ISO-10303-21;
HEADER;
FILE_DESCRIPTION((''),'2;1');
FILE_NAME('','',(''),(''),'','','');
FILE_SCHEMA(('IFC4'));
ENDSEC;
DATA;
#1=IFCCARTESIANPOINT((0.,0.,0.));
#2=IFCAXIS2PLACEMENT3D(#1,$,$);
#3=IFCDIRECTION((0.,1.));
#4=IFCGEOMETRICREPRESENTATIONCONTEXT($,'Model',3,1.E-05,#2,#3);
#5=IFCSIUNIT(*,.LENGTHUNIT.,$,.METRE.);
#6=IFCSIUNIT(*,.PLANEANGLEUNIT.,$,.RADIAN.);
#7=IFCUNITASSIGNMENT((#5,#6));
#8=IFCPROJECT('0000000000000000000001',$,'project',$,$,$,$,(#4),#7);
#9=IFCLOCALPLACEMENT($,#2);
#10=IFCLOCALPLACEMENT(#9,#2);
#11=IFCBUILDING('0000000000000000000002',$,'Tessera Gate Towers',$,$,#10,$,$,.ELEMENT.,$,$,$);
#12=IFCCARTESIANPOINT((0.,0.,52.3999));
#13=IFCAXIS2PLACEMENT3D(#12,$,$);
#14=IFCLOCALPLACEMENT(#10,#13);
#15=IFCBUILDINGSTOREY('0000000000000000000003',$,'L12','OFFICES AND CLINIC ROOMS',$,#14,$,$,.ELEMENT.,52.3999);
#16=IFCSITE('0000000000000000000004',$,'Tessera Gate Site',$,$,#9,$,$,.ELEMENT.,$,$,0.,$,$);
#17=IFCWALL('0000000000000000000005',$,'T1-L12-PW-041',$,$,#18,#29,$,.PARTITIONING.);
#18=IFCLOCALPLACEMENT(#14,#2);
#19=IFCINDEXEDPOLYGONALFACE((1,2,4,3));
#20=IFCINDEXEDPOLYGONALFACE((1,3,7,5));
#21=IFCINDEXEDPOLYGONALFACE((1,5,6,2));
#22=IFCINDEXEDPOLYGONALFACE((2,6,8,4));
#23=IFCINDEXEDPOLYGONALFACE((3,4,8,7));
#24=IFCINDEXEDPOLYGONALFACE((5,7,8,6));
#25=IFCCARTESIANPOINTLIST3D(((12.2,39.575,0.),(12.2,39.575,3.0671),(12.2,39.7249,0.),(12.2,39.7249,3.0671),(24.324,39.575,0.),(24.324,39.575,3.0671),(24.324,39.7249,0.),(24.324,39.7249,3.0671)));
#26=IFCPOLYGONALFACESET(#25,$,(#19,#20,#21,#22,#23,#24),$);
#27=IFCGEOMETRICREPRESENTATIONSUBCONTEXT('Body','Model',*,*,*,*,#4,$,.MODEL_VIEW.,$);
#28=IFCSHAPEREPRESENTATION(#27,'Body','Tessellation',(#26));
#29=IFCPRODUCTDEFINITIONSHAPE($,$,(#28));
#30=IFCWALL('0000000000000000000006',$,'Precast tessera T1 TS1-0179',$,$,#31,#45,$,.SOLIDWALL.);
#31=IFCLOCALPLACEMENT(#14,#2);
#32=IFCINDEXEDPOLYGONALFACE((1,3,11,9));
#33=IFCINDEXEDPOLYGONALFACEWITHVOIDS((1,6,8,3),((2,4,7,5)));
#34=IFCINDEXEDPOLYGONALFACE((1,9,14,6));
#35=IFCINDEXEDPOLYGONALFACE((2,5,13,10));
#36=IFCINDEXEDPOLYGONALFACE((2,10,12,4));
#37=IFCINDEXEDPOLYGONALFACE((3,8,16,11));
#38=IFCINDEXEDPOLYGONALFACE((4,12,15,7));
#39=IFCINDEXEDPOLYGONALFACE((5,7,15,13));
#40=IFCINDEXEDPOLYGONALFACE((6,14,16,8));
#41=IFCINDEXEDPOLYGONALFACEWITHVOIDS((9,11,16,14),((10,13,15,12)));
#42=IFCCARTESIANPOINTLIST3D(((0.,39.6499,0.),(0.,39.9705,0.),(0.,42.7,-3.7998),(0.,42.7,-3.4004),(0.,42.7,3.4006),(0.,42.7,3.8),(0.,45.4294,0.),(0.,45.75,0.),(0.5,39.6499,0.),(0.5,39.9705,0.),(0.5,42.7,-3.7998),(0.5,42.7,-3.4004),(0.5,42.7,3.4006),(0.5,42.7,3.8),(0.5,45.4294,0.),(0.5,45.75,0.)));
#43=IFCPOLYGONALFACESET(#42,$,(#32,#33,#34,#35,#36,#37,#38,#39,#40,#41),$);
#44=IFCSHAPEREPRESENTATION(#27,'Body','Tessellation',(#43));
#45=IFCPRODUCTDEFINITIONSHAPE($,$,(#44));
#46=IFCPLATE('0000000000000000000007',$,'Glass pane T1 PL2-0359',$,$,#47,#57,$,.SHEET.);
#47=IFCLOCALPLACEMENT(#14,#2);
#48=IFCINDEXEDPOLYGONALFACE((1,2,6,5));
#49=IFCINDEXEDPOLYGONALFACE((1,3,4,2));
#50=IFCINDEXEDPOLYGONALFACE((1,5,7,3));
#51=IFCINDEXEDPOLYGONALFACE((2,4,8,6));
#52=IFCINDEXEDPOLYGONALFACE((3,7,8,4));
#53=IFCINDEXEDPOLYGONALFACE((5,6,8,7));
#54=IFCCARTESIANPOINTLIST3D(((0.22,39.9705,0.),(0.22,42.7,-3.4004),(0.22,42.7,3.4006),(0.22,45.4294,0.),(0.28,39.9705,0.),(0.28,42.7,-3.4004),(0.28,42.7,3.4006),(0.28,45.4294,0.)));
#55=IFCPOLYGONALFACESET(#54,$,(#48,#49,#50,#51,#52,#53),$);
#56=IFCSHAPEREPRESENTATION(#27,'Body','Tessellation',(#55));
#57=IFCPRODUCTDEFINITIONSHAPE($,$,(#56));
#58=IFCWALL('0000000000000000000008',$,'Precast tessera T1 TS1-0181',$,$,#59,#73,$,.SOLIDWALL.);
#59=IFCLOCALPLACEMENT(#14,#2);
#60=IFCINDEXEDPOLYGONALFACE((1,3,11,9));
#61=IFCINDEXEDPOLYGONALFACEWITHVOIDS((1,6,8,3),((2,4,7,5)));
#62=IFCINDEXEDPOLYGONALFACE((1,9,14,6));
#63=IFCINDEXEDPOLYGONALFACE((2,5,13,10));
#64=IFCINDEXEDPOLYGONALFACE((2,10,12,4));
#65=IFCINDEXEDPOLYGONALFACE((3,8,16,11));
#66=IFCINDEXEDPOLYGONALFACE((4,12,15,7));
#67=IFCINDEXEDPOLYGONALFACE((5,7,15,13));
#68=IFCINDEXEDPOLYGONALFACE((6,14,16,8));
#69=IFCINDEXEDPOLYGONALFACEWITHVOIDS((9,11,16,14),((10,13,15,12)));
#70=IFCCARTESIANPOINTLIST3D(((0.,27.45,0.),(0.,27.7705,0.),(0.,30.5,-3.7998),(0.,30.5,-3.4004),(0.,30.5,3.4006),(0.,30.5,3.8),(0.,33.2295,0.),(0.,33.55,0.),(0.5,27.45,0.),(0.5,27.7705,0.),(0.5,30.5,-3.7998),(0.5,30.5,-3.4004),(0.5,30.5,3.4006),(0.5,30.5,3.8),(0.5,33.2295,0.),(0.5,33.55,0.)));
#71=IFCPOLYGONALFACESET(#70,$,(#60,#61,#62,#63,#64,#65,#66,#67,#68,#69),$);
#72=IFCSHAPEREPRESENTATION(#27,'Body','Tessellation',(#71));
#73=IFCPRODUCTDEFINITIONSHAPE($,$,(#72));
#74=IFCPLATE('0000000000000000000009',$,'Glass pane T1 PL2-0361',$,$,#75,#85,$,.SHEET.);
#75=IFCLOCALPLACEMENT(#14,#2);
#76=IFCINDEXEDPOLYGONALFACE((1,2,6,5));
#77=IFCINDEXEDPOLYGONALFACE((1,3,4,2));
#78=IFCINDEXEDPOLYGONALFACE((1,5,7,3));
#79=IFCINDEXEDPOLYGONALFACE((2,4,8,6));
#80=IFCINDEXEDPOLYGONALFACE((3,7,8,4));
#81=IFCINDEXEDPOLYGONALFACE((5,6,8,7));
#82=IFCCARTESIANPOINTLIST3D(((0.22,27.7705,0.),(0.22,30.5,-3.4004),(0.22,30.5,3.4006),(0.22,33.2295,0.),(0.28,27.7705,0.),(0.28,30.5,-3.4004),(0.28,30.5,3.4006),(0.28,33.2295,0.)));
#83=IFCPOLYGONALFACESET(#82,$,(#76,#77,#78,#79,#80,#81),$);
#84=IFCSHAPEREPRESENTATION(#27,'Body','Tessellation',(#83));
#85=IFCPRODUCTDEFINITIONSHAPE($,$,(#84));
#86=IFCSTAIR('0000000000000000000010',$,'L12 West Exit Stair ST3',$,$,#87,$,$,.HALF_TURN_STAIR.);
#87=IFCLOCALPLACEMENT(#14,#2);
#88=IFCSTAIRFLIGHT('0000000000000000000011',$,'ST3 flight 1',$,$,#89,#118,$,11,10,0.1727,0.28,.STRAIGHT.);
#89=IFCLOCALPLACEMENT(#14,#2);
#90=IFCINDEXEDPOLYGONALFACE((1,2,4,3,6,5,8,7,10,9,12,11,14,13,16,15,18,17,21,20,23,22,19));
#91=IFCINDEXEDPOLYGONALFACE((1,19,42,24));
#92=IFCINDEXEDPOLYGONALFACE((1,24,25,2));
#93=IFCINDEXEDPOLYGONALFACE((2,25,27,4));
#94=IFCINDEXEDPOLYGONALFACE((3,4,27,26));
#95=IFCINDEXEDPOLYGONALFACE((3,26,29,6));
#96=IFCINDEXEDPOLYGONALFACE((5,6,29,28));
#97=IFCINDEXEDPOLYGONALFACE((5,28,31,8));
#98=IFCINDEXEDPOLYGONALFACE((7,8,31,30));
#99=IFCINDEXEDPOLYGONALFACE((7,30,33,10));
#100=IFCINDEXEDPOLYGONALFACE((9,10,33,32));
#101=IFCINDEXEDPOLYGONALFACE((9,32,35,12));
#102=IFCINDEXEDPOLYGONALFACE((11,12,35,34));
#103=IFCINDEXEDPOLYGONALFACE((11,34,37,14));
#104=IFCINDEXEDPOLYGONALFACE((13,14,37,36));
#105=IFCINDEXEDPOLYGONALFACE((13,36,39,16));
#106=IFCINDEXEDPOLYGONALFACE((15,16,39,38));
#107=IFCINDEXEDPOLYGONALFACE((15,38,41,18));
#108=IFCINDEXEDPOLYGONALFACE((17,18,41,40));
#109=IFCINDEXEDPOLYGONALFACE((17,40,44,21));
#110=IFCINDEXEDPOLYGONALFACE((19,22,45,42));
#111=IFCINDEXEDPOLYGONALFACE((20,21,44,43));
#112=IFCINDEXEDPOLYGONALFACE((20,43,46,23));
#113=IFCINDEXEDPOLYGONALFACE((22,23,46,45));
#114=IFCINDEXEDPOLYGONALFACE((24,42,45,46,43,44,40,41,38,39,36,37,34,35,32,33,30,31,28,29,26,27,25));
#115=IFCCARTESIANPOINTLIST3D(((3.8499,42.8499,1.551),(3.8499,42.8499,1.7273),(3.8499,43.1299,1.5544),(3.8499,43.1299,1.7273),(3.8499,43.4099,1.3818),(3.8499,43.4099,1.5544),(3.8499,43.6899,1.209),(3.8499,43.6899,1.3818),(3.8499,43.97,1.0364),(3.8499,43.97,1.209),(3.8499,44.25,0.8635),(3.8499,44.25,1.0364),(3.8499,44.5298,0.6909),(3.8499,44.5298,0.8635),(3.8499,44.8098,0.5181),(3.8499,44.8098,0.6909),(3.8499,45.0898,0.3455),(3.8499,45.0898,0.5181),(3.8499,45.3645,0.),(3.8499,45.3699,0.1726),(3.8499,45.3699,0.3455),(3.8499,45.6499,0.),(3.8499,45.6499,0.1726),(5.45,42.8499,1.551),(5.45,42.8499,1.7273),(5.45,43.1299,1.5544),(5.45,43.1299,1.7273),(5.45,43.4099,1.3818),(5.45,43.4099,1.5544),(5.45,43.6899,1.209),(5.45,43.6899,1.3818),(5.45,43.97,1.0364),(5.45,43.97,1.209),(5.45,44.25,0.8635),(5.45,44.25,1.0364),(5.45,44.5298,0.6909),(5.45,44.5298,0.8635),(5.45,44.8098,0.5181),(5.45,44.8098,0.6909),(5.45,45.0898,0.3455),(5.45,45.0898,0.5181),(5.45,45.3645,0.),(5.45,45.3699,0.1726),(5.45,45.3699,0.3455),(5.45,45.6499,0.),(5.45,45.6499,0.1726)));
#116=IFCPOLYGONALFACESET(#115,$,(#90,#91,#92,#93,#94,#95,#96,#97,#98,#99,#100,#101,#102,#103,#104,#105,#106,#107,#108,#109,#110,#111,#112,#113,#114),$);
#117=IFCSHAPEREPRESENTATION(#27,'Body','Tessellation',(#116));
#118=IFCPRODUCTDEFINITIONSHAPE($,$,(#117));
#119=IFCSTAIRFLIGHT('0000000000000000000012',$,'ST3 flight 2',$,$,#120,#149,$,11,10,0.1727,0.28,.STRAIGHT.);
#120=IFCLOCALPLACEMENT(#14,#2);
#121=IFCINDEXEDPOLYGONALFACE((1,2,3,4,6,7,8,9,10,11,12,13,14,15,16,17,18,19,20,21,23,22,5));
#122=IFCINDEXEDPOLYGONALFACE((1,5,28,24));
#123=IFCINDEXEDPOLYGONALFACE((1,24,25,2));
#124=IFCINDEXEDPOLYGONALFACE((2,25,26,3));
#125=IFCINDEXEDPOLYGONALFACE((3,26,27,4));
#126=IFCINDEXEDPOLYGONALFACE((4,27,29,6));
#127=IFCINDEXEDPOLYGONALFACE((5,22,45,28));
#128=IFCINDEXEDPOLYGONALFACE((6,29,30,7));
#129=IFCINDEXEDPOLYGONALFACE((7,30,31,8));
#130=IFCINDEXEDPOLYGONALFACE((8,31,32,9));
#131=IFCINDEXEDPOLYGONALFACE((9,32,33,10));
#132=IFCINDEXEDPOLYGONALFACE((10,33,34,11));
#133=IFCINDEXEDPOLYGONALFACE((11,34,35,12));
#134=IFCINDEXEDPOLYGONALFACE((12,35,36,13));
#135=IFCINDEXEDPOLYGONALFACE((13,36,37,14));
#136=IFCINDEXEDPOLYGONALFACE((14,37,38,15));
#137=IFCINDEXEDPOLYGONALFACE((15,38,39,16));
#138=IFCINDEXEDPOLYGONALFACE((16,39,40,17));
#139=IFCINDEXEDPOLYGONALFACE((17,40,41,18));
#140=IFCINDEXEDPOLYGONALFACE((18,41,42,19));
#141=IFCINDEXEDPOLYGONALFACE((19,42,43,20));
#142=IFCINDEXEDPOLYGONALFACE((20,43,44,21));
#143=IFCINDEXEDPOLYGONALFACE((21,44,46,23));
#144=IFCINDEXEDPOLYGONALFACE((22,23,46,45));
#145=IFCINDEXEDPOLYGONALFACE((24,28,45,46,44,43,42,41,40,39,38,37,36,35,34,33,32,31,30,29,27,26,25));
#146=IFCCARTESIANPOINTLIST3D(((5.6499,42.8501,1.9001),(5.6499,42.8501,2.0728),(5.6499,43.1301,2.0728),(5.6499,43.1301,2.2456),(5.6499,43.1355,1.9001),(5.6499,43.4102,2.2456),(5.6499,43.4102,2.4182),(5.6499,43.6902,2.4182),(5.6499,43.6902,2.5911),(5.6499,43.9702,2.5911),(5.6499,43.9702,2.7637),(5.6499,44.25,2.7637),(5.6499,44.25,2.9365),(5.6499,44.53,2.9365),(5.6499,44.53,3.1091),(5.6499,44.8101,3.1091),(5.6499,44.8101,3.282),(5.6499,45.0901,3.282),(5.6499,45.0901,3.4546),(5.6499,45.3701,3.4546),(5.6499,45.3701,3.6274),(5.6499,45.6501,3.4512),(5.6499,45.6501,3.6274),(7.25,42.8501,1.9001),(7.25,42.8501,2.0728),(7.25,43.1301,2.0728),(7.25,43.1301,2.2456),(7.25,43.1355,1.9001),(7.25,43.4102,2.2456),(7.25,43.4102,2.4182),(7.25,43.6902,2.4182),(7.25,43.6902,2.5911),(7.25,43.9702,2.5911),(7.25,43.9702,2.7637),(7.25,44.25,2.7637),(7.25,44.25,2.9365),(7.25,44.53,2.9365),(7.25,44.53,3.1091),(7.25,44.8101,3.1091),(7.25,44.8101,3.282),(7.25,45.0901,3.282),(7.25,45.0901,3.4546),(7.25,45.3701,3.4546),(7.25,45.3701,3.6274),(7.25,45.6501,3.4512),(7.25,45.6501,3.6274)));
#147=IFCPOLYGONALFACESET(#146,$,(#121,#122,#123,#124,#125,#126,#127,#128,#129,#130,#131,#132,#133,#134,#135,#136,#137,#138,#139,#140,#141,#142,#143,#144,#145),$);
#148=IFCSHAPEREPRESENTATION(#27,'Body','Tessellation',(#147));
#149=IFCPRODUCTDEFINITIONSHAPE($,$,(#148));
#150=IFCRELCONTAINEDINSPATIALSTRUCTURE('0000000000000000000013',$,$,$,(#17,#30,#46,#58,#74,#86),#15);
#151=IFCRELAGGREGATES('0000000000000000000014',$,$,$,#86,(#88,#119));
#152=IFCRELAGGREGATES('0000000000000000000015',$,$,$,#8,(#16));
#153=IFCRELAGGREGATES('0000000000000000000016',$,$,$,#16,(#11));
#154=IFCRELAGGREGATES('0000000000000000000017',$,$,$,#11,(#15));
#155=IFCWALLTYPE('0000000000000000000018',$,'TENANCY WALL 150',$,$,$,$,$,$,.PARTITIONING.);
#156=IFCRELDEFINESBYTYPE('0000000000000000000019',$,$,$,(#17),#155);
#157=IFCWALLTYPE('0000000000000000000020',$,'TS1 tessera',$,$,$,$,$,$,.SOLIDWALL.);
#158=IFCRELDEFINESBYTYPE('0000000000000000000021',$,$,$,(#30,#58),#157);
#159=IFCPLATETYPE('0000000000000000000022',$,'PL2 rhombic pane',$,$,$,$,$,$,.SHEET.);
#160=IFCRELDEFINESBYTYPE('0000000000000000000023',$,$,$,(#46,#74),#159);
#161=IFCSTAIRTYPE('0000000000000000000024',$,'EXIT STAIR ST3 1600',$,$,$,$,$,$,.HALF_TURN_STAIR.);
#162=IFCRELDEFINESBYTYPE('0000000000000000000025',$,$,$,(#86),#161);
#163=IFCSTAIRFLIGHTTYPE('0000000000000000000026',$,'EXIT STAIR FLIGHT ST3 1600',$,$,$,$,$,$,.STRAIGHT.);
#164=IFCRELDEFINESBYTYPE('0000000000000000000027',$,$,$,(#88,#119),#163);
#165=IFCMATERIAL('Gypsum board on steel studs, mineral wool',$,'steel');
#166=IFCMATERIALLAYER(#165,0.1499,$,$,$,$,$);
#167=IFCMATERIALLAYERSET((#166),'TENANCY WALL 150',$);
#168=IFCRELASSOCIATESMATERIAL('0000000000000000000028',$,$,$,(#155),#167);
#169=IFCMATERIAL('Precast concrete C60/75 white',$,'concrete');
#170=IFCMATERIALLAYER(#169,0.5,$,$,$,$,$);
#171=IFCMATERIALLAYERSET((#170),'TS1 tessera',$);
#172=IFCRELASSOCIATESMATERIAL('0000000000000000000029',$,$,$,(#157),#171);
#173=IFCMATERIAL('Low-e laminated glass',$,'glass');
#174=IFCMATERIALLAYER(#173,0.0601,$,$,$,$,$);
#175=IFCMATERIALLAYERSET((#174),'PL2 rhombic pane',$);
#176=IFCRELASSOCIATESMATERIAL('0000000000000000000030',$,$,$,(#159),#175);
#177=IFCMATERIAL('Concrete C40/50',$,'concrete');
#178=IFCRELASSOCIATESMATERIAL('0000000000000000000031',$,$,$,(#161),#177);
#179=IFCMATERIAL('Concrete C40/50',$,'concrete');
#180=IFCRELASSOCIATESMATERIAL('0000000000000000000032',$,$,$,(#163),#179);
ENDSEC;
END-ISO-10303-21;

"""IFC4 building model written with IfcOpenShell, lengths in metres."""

from ifc_helpers import new_model, si_unit, direction, frame, frame_2d, origin, place, context, subcontext, project, spatial, polyline, rectangle, outline, extrude, source, transform, mapped, material, layer, layer_set, type_object, element, fill, aggregate, save


model = new_model("IFC4")

# Units and contexts
model_context = context("Model", 3, precision=1e-05, world=origin(), true_north=direction((0.0, 1.0)))
body_context = subcontext(model_context, "Body", "Model", "MODEL_VIEW")
ifc_project = project(units=[si_unit("LENGTHUNIT", "METRE"), si_unit("PLANEANGLEUNIT", "RADIAN")], contexts=[model_context])

# Site, building, storey
site_placement = place(None, origin())
site = spatial("IfcSite", under=ifc_project, at=site_placement, Name="Tessera Gate Site", CompositionType="ELEMENT", RefElevation=0.0)
building_placement = place(site_placement, origin())
building = spatial("IfcBuilding", under=site, at=building_placement, Name="Tessera Gate Towers", CompositionType="ELEMENT")
storey_placement = place(building_placement, frame((0.0, 0.0, 52.3999)))
storey = spatial("IfcBuildingStorey", under=building, at=storey_placement, Name="L12", Description="OFFICES AND CLINIC ROOMS", CompositionType="ELEMENT", Elevation=52.3999)

# Wall
ifc_material_1 = material(Name="Gypsum board on steel studs, mineral wool", Category="steel")
ifc_layer_1 = layer(ifc_material_1, 0.1499)
ifc_layer_set_1 = layer_set([ifc_layer_1], Name="TENANCY WALL 150")
wall_type_1 = type_object("IfcWallType", Name="TENANCY WALL 150", PredefinedType="PARTITIONING", material=ifc_layer_set_1)
wall_1_placement = place(storey_placement, frame((12.2, 39.6499, 0.0), z_axis=(0.0, 0.0, 1.0), x_axis=(1.0, 0.0, 0.0)))
element("IfcWall", 1, at=wall_1_placement, inside=storey, type_object=wall_type_1, Name="T1-L12-PW-041", PredefinedType="PARTITIONING", context=body_context, shape_type="SweptSolid", body=[
    extrude(rectangle(XDim=12.124, YDim=0.1499, at=frame_2d((6.062, 0.0))), origin(), (0.0, 0.0, 1.0), 3.0671),
])

# Walls, openings, plates
ifc_material_2 = material(Name="Precast concrete C60/75 white", Category="concrete")
ifc_layer_2 = layer(ifc_material_2, 0.5)
ifc_layer_set_2 = layer_set([ifc_layer_2], Name="TS1 tessera")
wall_type_2 = type_object("IfcWallType", Name="TS1 tessera", PredefinedType="SOLIDWALL", material=ifc_layer_set_2)
shared_shape_1 = source(origin(), body_context, "Body", "SweptSolid", [
    extrude(outline(polyline([(3.05, 0.0), (6.1001, 3.7998), (3.05, 7.5999), (0.0, 3.7998), (3.05, 0.0)])), frame((0.0, 0.25, 0.0), z_axis=(0.0, -1.0, 0.0), x_axis=(1.0, 0.0, 0.0)), (0.0, 0.0, 1.0), 0.5),
])
wall_2_placement = place(storey_placement, frame((0.25, 45.75, -3.7998), z_axis=(0.0, 0.0, 1.0), x_axis=(0.0, -1.0, 0.0)))
wall_2 = element("IfcWall", 2, at=wall_2_placement, inside=storey, type_object=wall_type_2, Name="Precast tessera T1 TS1-0179", PredefinedType="SOLIDWALL", context=body_context, shape_type="MappedRepresentation", body=[
    mapped(shared_shape_1, transform((0.0, 0.0, 0.0), scale=1.0)),
])
shared_shape_2 = source(origin(), body_context, "Body", "SweptSolid", [
    extrude(outline(polyline([(3.05, 0.3994), (5.7795, 3.7998), (3.05, 7.2004), (0.3206, 3.7998), (3.05, 0.3994)])), frame((0.0, 0.26, 0.0), z_axis=(0.0, -1.0, 0.0), x_axis=(1.0, 0.0, 0.0)), (0.0, 0.0, 1.0), 0.52),
])
opening_1_placement = place(wall_2_placement, origin())
opening_1 = element("IfcOpeningElement", 3, at=opening_1_placement, cuts=wall_2, PredefinedType="OPENING", context=body_context, shape_type="MappedRepresentation", body=[
    mapped(shared_shape_2, transform((0.0, 0.0, 0.0), scale=1.0)),
])
ifc_material_3 = material(Name="Low-e laminated glass", Category="glass")
ifc_layer_3 = layer(ifc_material_3, 0.0601)
ifc_layer_set_3 = layer_set([ifc_layer_3], Name="PL2 rhombic pane")
plate_type = type_object("IfcPlateType", Name="PL2 rhombic pane", PredefinedType="SHEET", material=ifc_layer_set_3)
shared_shape_3 = source(origin(), body_context, "Body", "SweptSolid", [
    extrude(outline(polyline([(3.05, 0.3994), (5.7795, 3.7998), (3.05, 7.2004), (0.3206, 3.7998), (3.05, 0.3994)])), frame((0.0, 0.03, 0.0), z_axis=(0.0, -1.0, 0.0), x_axis=(1.0, 0.0, 0.0)), (0.0, 0.0, 1.0), 0.0601),
])
plate_1_placement = place(opening_1_placement, origin())
plate_1 = element("IfcPlate", 4, at=plate_1_placement, inside=storey, type_object=plate_type, Name="Glass pane T1 PL2-0359", PredefinedType="SHEET", context=body_context, shape_type="MappedRepresentation", body=[
    mapped(shared_shape_3, transform((0.0, 0.0, 0.0), scale=1.0)),
])
fill(opening_1, plate_1)
wall_3_placement = place(storey_placement, frame((0.25, 33.55, -3.7998), z_axis=(0.0, 0.0, 1.0), x_axis=(0.0, -1.0, 0.0)))
wall_3 = element("IfcWall", 5, at=wall_3_placement, inside=storey, type_object=wall_type_2, Name="Precast tessera T1 TS1-0181", PredefinedType="SOLIDWALL", context=body_context, shape_type="MappedRepresentation", body=[
    mapped(shared_shape_1, transform((0.0, 0.0, 0.0), scale=1.0)),
])
opening_2_placement = place(wall_3_placement, origin())
opening_2 = element("IfcOpeningElement", 6, at=opening_2_placement, cuts=wall_3, PredefinedType="OPENING", context=body_context, shape_type="MappedRepresentation", body=[
    mapped(shared_shape_2, transform((0.0, 0.0, 0.0), scale=1.0)),
])
plate_2_placement = place(opening_2_placement, origin())
plate_2 = element("IfcPlate", 7, at=plate_2_placement, inside=storey, type_object=plate_type, Name="Glass pane T1 PL2-0361", PredefinedType="SHEET", context=body_context, shape_type="MappedRepresentation", body=[
    mapped(shared_shape_3, transform((0.0, 0.0, 0.0), scale=1.0)),
])
fill(opening_2, plate_2)

# Stair, stair flights
ifc_material_4 = material(Name="Concrete C40/50", Category="concrete")
stair_type = type_object("IfcStairType", Name="EXIT STAIR ST3 1600", PredefinedType="HALF_TURN_STAIR", material=ifc_material_4)
stair_placement = place(storey_placement, origin())
stair = element("IfcStair", 8, at=stair_placement, inside=storey, type_object=stair_type, Name="L12 West Exit Stair ST3", PredefinedType="HALF_TURN_STAIR")
ifc_material_5 = material(Name="Concrete C40/50", Category="concrete")
stair_flight_type = type_object("IfcStairFlightType", Name="EXIT STAIR FLIGHT ST3 1600", PredefinedType="STRAIGHT", material=ifc_material_5)
stair_flight_1_placement = place(storey_placement, frame((4.6499, 45.6499, 0.0), z_axis=(0.0, 0.0, 1.0), x_axis=(0.0, -1.0, 0.0)))
stair_flight_1 = element("IfcStairFlight", 9, at=stair_flight_1_placement, type_object=stair_flight_type, Name="ST3 flight 1", NumberOfRisers=11, NumberOfTreads=10, PredefinedType="STRAIGHT", RiserHeight=0.1727, TreadLength=0.28, context=body_context, shape_type="SweptSolid", body=[
    extrude(outline(polyline([(0.0, 0.0), (0.0, 0.1726), (0.28, 0.1726), (0.28, 0.3455), (0.5601, 0.3455), (0.5601, 0.5181), (0.8401, 0.5181), (0.8401, 0.6909), (1.1201, 0.6909), (1.1201, 0.8635), (1.3999, 0.8635), (1.3999, 1.0364), (1.6799, 1.0364), (1.6799, 1.209), (1.96, 1.209), (1.96, 1.3818), (2.24, 1.3818), (2.24, 1.5544), (2.52, 1.5544), (2.52, 1.7273), (2.8, 1.7273), (2.8, 1.8999), (2.8, 1.551), (0.2854, 0.0), (0.0, 0.0)])), frame((0.0, 0.8, 0.0), z_axis=(0.0, -1.0, 0.0), x_axis=(1.0, 0.0, 0.0)), (0.0, 0.0, 1.0), 1.6001),
])
stair_flight_2_placement = place(storey_placement, frame((6.45, 42.8501, 1.9001), z_axis=(0.0, 0.0, 1.0), x_axis=(0.0, 1.0, 0.0)))
stair_flight_2 = element("IfcStairFlight", 10, at=stair_flight_2_placement, type_object=stair_flight_type, Name="ST3 flight 2", NumberOfRisers=11, NumberOfTreads=10, PredefinedType="STRAIGHT", RiserHeight=0.1727, TreadLength=0.28, context=body_context, shape_type="SweptSolid", body=[
    extrude(outline(polyline([(0.0, 0.0), (0.0, 0.1726), (0.28, 0.1726), (0.28, 0.3455), (0.5601, 0.3455), (0.5601, 0.5181), (0.8401, 0.5181), (0.8401, 0.6909), (1.1201, 0.6909), (1.1201, 0.8635), (1.3999, 0.8635), (1.3999, 1.0364), (1.6799, 1.0364), (1.6799, 1.209), (1.96, 1.209), (1.96, 1.3818), (2.24, 1.3818), (2.24, 1.5544), (2.52, 1.5544), (2.52, 1.7273), (2.8, 1.7273), (2.8, 1.8999), (2.8, 1.551), (0.2854, 0.0), (0.0, 0.0)])), frame((0.0, 0.8, 0.0), z_axis=(0.0, -1.0, 0.0), x_axis=(1.0, 0.0, 0.0)), (0.0, 0.0, 1.0), 1.6001),
])
aggregate(stair, [stair_flight_1, stair_flight_2])

save(model, "model.ifc")
